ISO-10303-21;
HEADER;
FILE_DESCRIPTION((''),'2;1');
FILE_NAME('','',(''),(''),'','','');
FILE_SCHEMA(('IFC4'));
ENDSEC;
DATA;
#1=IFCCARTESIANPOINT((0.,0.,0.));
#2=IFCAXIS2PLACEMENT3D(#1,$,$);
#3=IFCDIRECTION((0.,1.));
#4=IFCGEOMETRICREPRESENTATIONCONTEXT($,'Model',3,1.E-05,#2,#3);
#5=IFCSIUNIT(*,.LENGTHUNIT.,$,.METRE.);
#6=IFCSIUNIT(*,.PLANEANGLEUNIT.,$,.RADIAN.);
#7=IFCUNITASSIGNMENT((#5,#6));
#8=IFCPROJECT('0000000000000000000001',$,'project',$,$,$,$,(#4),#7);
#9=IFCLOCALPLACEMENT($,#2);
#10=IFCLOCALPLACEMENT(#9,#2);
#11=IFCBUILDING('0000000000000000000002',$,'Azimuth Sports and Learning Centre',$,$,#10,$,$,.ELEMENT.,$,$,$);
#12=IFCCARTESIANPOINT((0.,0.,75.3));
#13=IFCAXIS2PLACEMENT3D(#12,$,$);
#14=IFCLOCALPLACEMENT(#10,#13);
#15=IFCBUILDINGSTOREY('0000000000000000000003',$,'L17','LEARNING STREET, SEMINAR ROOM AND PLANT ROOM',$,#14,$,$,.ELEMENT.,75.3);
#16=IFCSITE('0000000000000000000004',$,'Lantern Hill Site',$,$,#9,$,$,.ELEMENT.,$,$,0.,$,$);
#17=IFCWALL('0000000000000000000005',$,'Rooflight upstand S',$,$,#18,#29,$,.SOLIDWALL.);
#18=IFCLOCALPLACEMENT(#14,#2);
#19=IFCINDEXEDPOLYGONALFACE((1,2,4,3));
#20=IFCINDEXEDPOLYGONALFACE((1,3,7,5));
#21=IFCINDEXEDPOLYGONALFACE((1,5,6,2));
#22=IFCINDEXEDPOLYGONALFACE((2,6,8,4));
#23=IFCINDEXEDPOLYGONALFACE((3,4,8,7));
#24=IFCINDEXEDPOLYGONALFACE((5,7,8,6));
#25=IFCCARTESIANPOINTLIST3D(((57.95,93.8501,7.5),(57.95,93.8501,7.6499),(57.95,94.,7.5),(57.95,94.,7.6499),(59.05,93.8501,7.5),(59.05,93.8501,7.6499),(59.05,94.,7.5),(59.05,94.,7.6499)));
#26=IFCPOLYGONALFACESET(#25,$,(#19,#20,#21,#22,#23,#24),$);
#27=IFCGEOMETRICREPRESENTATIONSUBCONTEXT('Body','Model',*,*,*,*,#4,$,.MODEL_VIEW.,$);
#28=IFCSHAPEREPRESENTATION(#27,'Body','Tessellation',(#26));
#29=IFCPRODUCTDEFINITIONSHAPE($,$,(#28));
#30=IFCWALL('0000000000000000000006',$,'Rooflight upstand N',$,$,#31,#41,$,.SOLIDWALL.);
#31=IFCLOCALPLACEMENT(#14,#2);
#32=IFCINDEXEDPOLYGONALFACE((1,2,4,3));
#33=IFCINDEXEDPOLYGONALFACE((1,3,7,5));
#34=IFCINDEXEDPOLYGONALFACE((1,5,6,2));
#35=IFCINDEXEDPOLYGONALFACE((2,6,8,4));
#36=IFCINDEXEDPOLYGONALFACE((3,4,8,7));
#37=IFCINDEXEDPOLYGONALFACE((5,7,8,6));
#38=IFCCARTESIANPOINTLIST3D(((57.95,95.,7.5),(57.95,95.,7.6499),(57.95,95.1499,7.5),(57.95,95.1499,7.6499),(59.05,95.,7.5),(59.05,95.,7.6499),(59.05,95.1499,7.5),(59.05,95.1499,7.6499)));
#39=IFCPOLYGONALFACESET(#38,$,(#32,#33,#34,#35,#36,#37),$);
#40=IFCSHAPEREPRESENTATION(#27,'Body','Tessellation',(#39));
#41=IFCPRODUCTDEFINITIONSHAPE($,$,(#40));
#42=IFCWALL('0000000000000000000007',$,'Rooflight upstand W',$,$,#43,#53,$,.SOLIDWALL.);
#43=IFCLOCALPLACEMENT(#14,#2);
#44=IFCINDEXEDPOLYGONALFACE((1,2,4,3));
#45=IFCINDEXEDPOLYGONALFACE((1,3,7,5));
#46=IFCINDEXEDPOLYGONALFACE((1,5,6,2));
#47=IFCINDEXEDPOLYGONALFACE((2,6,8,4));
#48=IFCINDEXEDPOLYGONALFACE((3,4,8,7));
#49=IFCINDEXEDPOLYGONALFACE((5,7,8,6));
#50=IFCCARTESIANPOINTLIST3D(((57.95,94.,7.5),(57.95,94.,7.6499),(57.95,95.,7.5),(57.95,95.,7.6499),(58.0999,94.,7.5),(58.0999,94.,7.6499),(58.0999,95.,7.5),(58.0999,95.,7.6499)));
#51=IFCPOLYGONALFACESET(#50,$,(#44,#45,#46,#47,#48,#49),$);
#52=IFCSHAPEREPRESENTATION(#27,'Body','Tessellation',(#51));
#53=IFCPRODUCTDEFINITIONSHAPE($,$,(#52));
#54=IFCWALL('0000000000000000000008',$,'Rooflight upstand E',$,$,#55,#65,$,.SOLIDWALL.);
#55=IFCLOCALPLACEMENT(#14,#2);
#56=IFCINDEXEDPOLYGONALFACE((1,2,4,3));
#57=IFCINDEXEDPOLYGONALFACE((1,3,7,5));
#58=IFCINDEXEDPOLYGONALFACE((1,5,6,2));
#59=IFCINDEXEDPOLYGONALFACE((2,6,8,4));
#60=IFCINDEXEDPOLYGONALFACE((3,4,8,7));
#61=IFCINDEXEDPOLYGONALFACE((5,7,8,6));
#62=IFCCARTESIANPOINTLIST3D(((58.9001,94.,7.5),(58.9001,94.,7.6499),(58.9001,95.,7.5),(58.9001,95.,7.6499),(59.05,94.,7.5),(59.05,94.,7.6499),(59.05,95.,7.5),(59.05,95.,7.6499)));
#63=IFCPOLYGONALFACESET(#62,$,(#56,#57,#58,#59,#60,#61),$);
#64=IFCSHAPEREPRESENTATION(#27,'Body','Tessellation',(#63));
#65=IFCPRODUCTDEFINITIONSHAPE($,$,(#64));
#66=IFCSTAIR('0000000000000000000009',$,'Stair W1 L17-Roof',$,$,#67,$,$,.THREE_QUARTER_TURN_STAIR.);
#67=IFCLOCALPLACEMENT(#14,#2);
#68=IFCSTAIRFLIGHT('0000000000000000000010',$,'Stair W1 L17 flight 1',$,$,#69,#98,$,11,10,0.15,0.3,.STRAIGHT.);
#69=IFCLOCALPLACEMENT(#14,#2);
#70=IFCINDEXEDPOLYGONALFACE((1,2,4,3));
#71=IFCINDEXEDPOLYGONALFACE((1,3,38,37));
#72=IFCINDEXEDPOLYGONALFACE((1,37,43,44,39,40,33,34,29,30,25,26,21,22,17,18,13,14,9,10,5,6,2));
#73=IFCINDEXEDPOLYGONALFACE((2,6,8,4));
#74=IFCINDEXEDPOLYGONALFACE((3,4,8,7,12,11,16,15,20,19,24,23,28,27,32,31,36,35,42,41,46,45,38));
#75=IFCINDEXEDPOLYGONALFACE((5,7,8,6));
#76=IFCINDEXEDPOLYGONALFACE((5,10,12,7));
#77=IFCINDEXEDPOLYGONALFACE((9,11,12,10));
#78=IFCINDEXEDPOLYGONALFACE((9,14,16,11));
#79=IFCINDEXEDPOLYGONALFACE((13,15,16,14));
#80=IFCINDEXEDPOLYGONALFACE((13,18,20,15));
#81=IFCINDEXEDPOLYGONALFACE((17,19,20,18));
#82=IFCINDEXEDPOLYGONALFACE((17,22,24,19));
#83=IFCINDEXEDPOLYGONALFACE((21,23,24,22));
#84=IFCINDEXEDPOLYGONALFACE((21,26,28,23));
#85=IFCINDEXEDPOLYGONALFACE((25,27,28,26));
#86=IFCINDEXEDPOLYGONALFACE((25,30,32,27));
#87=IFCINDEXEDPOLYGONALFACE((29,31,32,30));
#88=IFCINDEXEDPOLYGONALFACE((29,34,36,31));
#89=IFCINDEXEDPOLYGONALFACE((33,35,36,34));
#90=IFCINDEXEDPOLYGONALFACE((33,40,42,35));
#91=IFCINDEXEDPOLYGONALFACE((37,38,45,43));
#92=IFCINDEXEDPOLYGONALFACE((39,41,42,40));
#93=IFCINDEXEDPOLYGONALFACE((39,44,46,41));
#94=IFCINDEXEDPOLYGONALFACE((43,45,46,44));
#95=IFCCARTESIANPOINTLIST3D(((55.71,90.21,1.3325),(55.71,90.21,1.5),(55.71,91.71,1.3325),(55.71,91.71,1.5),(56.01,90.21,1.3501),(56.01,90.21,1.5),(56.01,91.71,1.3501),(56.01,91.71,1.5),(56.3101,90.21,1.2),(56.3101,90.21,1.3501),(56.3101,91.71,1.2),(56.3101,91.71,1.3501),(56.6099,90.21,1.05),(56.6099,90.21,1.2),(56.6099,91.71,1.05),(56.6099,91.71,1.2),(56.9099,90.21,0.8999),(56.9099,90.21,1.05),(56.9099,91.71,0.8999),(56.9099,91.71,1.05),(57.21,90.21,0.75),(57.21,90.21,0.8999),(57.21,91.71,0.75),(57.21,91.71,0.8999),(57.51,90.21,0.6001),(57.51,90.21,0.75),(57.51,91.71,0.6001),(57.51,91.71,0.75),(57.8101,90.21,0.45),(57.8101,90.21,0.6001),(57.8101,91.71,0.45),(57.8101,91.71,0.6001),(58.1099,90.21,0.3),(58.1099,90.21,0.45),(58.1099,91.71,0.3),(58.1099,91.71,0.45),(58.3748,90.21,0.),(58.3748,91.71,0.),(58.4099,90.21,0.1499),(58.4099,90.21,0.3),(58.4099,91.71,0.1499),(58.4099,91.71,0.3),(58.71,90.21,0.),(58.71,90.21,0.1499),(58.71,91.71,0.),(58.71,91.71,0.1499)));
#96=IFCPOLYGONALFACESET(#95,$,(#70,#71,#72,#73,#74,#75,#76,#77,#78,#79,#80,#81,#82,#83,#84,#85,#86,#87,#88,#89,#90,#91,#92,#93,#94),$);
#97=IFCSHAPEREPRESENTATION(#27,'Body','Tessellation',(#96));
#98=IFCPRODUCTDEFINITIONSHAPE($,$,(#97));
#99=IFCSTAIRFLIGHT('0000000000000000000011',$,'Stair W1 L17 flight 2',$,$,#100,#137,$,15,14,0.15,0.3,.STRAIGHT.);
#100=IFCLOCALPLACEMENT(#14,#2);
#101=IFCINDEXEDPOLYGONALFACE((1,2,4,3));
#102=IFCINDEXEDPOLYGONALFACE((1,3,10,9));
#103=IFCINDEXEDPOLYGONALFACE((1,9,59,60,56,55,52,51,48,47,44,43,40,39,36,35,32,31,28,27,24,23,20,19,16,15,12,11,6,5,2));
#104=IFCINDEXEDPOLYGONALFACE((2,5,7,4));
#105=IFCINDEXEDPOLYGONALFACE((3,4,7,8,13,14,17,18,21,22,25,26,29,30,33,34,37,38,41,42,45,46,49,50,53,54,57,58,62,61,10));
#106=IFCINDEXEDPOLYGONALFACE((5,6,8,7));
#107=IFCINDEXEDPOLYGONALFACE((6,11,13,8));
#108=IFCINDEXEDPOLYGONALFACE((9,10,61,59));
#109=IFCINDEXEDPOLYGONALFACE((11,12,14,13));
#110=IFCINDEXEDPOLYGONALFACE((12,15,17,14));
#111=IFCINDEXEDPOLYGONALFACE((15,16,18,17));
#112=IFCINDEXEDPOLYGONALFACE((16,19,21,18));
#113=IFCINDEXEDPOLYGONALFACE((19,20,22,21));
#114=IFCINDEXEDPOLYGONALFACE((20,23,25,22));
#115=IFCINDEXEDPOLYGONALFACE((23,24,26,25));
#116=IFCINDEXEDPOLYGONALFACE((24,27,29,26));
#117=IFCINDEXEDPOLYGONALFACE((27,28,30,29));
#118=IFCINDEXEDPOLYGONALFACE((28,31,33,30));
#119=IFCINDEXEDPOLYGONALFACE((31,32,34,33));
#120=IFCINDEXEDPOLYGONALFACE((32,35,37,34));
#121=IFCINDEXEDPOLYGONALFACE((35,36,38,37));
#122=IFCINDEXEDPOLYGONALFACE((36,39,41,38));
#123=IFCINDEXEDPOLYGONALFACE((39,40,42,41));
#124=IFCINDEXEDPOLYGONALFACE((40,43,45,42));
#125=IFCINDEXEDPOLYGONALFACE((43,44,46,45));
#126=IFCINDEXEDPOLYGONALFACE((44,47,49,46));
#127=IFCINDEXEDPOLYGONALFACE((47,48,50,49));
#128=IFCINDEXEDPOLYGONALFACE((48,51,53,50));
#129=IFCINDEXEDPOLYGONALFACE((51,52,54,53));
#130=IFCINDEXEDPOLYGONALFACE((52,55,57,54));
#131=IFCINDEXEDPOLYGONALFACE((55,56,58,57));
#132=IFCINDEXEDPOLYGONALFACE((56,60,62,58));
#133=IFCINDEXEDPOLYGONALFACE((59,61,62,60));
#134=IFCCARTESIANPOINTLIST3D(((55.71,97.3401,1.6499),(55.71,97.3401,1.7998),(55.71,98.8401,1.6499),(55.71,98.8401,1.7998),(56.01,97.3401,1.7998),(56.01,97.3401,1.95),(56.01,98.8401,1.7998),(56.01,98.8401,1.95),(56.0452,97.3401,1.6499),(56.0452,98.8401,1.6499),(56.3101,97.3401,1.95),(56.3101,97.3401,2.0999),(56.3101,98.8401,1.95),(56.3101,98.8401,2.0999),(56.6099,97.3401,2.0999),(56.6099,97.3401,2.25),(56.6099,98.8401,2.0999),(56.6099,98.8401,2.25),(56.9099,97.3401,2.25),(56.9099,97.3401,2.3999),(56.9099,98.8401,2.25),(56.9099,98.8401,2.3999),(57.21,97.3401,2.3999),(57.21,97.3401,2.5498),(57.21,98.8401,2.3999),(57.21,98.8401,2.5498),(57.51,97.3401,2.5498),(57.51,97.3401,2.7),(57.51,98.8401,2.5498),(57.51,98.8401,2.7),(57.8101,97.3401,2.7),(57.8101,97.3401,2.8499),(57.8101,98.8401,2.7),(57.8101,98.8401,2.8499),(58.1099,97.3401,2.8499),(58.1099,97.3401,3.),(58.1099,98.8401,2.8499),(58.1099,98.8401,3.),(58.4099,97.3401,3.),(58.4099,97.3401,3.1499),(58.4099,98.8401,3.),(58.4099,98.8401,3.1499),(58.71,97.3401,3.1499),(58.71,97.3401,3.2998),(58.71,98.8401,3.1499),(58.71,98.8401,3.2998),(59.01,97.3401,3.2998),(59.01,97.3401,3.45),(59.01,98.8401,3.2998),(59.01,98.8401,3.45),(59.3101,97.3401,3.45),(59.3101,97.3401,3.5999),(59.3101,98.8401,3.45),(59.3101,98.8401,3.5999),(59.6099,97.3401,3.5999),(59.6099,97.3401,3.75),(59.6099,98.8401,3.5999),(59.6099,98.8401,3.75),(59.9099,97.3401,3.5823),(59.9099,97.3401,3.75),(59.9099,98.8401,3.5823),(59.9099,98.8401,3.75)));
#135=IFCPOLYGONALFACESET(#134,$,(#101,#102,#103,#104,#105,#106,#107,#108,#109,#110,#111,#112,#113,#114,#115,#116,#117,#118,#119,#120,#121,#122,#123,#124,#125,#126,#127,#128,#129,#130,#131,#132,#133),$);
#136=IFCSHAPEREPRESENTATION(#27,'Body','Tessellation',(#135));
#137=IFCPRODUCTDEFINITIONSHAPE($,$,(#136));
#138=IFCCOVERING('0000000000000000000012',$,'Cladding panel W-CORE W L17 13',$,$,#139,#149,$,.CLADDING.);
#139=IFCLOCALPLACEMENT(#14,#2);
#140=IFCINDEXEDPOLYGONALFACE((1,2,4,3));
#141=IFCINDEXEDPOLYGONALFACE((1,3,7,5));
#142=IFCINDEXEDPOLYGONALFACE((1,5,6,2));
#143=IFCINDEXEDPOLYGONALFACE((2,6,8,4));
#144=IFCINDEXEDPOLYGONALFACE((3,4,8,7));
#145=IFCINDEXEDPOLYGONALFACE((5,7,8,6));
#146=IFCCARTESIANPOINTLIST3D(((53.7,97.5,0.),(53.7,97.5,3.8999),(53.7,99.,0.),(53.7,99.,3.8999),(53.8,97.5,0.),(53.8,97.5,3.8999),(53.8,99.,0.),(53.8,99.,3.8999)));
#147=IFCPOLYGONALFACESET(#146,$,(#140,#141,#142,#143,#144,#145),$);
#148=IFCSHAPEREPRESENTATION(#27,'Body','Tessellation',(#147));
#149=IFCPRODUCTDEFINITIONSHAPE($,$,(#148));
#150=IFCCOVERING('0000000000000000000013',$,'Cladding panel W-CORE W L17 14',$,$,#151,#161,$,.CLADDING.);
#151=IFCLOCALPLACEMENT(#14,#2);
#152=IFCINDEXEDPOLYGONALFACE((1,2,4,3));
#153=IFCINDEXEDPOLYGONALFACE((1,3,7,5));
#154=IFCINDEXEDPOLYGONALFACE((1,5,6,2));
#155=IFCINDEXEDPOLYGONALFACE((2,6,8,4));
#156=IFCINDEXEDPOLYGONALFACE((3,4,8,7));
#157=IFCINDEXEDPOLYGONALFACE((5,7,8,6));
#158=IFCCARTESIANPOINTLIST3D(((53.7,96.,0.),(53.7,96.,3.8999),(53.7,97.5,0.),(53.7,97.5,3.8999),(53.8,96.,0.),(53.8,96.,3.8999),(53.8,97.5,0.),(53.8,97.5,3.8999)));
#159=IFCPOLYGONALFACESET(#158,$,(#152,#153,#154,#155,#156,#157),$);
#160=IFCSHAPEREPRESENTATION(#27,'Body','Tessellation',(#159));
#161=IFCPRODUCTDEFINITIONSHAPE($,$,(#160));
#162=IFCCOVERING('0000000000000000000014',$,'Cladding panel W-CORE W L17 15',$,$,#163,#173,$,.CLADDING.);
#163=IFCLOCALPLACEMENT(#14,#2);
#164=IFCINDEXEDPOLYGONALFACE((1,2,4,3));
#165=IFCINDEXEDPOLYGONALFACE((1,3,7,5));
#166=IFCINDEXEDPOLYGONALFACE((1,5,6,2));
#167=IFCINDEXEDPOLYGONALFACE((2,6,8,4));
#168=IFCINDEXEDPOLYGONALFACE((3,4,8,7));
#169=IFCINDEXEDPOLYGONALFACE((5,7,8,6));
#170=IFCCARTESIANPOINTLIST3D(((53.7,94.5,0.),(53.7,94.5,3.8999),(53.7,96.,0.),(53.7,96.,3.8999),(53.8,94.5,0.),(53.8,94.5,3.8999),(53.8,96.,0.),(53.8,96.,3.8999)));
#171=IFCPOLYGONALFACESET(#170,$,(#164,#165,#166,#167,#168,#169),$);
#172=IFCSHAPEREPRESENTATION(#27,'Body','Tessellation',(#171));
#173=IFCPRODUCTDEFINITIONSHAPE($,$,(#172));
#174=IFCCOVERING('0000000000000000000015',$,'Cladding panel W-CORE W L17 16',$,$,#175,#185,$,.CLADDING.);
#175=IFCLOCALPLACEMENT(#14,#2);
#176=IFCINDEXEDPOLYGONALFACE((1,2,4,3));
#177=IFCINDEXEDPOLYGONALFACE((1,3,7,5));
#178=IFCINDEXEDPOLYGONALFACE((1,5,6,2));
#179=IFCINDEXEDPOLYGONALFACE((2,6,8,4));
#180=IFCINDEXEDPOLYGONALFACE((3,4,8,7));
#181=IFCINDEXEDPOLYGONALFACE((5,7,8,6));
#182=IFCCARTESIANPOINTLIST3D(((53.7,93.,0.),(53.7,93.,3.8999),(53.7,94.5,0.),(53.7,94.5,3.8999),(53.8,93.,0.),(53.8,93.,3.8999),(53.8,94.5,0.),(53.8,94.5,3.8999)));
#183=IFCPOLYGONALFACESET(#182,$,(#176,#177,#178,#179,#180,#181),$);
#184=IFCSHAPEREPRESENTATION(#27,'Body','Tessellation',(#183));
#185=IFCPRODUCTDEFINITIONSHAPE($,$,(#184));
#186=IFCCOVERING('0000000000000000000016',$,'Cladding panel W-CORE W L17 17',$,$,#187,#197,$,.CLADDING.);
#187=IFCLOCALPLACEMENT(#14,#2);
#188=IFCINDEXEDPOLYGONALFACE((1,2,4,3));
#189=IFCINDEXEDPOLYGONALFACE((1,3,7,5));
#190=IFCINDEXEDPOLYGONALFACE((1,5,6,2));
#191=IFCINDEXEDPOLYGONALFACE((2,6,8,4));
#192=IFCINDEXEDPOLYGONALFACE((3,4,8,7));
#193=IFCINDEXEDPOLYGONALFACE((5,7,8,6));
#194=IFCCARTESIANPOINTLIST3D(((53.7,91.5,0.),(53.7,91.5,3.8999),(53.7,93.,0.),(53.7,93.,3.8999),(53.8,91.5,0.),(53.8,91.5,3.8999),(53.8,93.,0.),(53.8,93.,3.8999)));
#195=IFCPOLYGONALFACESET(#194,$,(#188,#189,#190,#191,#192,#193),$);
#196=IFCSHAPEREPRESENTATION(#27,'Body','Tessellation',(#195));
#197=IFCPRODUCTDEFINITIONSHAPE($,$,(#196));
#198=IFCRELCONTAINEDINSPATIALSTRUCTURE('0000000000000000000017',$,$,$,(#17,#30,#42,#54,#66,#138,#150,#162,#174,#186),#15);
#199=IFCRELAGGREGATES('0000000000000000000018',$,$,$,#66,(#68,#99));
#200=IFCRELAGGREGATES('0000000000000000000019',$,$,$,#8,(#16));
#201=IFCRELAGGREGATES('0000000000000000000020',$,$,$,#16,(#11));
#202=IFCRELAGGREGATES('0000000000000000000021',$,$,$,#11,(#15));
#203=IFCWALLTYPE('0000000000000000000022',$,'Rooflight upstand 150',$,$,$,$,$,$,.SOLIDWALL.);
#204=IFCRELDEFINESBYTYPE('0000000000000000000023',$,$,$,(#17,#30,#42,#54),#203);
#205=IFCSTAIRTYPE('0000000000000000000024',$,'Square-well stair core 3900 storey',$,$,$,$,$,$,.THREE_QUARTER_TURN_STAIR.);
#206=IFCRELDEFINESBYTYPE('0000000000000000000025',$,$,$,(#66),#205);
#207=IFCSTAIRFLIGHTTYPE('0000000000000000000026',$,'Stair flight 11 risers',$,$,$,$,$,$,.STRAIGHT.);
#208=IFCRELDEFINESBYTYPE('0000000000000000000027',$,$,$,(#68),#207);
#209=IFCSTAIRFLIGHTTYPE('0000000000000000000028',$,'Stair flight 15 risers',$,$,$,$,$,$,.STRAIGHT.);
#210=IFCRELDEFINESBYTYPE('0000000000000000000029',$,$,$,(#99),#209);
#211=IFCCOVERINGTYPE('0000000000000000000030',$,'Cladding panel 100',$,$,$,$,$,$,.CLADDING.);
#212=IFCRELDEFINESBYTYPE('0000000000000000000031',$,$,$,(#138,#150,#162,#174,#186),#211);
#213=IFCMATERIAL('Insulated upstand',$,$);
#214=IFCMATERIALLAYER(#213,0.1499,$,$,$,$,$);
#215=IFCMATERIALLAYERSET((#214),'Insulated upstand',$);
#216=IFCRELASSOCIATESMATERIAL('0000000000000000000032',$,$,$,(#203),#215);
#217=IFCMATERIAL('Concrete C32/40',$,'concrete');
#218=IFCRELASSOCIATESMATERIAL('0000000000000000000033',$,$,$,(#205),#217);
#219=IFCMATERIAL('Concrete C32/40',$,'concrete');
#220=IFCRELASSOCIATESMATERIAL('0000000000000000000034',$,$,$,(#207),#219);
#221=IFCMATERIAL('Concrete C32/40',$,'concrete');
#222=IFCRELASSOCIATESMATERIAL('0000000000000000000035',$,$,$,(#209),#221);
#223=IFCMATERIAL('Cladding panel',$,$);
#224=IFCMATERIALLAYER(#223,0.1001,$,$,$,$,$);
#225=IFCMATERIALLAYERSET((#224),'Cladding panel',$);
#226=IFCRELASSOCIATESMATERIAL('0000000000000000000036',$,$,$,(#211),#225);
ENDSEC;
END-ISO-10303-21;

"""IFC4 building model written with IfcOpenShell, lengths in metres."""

from ifc_helpers import new_model, si_unit, direction, frame, frame_2d, origin, origin_2d, place, context, subcontext, project, spatial, polyline, rectangle, outline, extrude, material, layer, layer_set, type_object, element, aggregate, save


model = new_model("IFC4")

# Units and contexts
model_context = context("Model", 3, precision=1e-05, world=origin(), true_north=direction((0.0, 1.0)))
body_context = subcontext(model_context, "Body", "Model", "MODEL_VIEW")
ifc_project = project(units=[si_unit("LENGTHUNIT", "METRE"), si_unit("PLANEANGLEUNIT", "RADIAN")], contexts=[model_context])

# Site, building, storey
site_placement = place(None, origin())
site = spatial("IfcSite", under=ifc_project, at=site_placement, Name="Lantern Hill Site", CompositionType="ELEMENT", RefElevation=0.0)
building_placement = place(site_placement, origin())
building = spatial("IfcBuilding", under=site, at=building_placement, Name="Azimuth Sports and Learning Centre", CompositionType="ELEMENT")
storey_placement = place(building_placement, frame((0.0, 0.0, 75.3)))
storey = spatial("IfcBuildingStorey", under=building, at=storey_placement, Name="L17", Description="LEARNING STREET, SEMINAR ROOM AND PLANT ROOM", CompositionType="ELEMENT", Elevation=75.3)

# Walls
ifc_material_1 = material(Name="Insulated upstand")
ifc_layer_1 = layer(ifc_material_1, 0.1499)
ifc_layer_set_1 = layer_set([ifc_layer_1], Name="Insulated upstand")
wall_type_1 = type_object("IfcWallType", Name="Rooflight upstand 150", PredefinedType="SOLIDWALL", material=ifc_layer_set_1)
for number, where, z_axis, x_axis, name in (
    (1, (57.95, 93.925, 7.5), (0.0, 0.0, 1.0), (1.0, 0.0, 0.0), "Rooflight upstand S"),
    (2, (57.95, 95.075, 7.5), (0.0, 0.0, 1.0), (1.0, 0.0, 0.0), "Rooflight upstand N"),
):
    element("IfcWall", number, at=place(storey_placement, frame(where, z_axis=z_axis, x_axis=x_axis)), inside=storey, type_object=wall_type_1, Name=name, PredefinedType="SOLIDWALL", context=body_context, shape_type="SweptSolid", body=[
        extrude(rectangle(XDim=1.1001, YDim=0.1499, at=frame_2d((0.55, 0.0))), origin(), (0.0, 0.0, 1.0), 0.1499),
    ])
for number, where, z_axis, x_axis, name in (
    (3, (58.0249, 94.0, 7.5), (0.0, 0.0, 1.0), (0.0, 1.0, 0.0), "Rooflight upstand W"),
    (4, (58.9751, 94.0, 7.5), (0.0, 0.0, 1.0), (0.0, 1.0, 0.0), "Rooflight upstand E"),
):
    element("IfcWall", number, at=place(storey_placement, frame(where, z_axis=z_axis, x_axis=x_axis)), inside=storey, type_object=wall_type_1, Name=name, PredefinedType="SOLIDWALL", context=body_context, shape_type="SweptSolid", body=[
        extrude(rectangle(XDim=1.0, YDim=0.1499, at=frame_2d((0.5, 0.0))), origin(), (0.0, 0.0, 1.0), 0.1499),
    ])

# Stair, stair flights
ifc_material_2 = material(Name="Concrete C32/40", Category="concrete")
stair_type = type_object("IfcStairType", Name="Square-well stair core 3900 storey", PredefinedType="THREE_QUARTER_TURN_STAIR", material=ifc_material_2)
stair_placement = place(storey_placement, origin())
stair = element("IfcStair", 5, at=stair_placement, inside=storey, type_object=stair_type, Name="Stair W1 L17-Roof", PredefinedType="THREE_QUARTER_TURN_STAIR")
ifc_material_3 = material(Name="Concrete C32/40", Category="concrete")
stair_flight_type_1 = type_object("IfcStairFlightType", Name="Stair flight 11 risers", PredefinedType="STRAIGHT", material=ifc_material_3)
stair_flight_1_placement = place(storey_placement, frame((58.71, 90.96, 0.0), z_axis=(0.0, 0.0, 1.0), x_axis=(-1.0, 0.0, 0.0)))
stair_flight_1 = element("IfcStairFlight", 6, at=stair_flight_1_placement, type_object=stair_flight_type_1, Name="Stair W1 L17 flight 1", NumberOfRisers=11, NumberOfTreads=10, PredefinedType="STRAIGHT", RiserHeight=0.15, TreadLength=0.3, context=body_context, shape_type="SweptSolid", body=[
    extrude(outline(polyline([(0.0, 0.0), (0.0, 0.1499), (0.3, 0.1499), (0.3, 0.3), (0.6001, 0.3), (0.6001, 0.45), (0.8999, 0.45), (0.8999, 0.6001), (1.2, 0.6001), (1.2, 0.75), (1.5, 0.75), (1.5, 0.8999), (1.8, 0.8999), (1.8, 1.05), (2.1001, 1.05), (2.1001, 1.2), (2.3999, 1.2), (2.3999, 1.3501), (2.7, 1.3501), (2.7, 1.5), (3.0, 1.5), (3.0, 1.6499), (3.0, 1.3325), (0.3352, 0.0), (0.0, 0.0)])), frame((0.0, 0.75, 0.0), z_axis=(0.0, -1.0, 0.0), x_axis=(1.0, 0.0, 0.0)), (0.0, 0.0, 1.0), 1.5),
])
ifc_material_4 = material(Name="Concrete C32/40", Category="concrete")
stair_flight_type_2 = type_object("IfcStairFlightType", Name="Stair flight 15 risers", PredefinedType="STRAIGHT", material=ifc_material_4)
stair_flight_2_placement = place(storey_placement, frame((55.71, 98.0901, 1.6499), z_axis=(0.0, 0.0, 1.0), x_axis=(1.0, 0.0, 0.0)))
stair_flight_2 = element("IfcStairFlight", 7, at=stair_flight_2_placement, type_object=stair_flight_type_2, Name="Stair W1 L17 flight 2", NumberOfRisers=15, NumberOfTreads=14, PredefinedType="STRAIGHT", RiserHeight=0.15, TreadLength=0.3, context=body_context, shape_type="SweptSolid", body=[
    extrude(outline(polyline([(0.0, 0.0), (0.0, 0.1499), (0.3, 0.1499), (0.3, 0.3), (0.6001, 0.3), (0.6001, 0.45), (0.8999, 0.45), (0.8999, 0.6001), (1.2, 0.6001), (1.2, 0.75), (1.5, 0.75), (1.5, 0.8999), (1.8, 0.8999), (1.8, 1.05), (2.1001, 1.05), (2.1001, 1.2), (2.3999, 1.2), (2.3999, 1.3501), (2.7, 1.3501), (2.7, 1.5), (3.0, 1.5), (3.0, 1.6499), (3.3, 1.6499), (3.3, 1.8), (3.6001, 1.8), (3.6001, 1.95), (3.8999, 1.95), (3.8999, 2.1001), (4.2, 2.1001), (4.2, 2.25), (4.2, 1.9324), (0.3352, 0.0), (0.0, 0.0)])), frame((0.0, 0.75, 0.0), z_axis=(0.0, -1.0, 0.0), x_axis=(1.0, 0.0, 0.0)), (0.0, 0.0, 1.0), 1.5),
])
aggregate(stair, [stair_flight_1, stair_flight_2])

# Coverings
ifc_material_5 = material(Name="Cladding panel")
ifc_layer_2 = layer(ifc_material_5, 0.1001)
ifc_layer_set_2 = layer_set([ifc_layer_2], Name="Cladding panel")
covering_type = type_object("IfcCoveringType", Name="Cladding panel 100", PredefinedType="CLADDING", material=ifc_layer_set_2)
for number, where, z_axis, x_axis, name in (
    (8, (53.75, 98.25, 0.0), (0.0, 0.0, 1.0), (0.0, -1.0, 0.0), "Cladding panel W-CORE W L17 13"),
    (9, (53.75, 96.75, 0.0), (0.0, 0.0, 1.0), (0.0, -1.0, 0.0), "Cladding panel W-CORE W L17 14"),
    (10, (53.75, 95.25, 0.0), (0.0, 0.0, 1.0), (0.0, -1.0, 0.0), "Cladding panel W-CORE W L17 15"),
    (11, (53.75, 93.75, 0.0), (0.0, 0.0, 1.0), (0.0, -1.0, 0.0), "Cladding panel W-CORE W L17 16"),
    (12, (53.75, 92.25, 0.0), (0.0, 0.0, 1.0), (0.0, -1.0, 0.0), "Cladding panel W-CORE W L17 17"),
):
    element("IfcCovering", number, at=place(storey_placement, frame(where, z_axis=z_axis, x_axis=x_axis)), inside=storey, type_object=covering_type, Name=name, PredefinedType="CLADDING", context=body_context, shape_type="SweptSolid", body=[
        extrude(rectangle(XDim=1.5, YDim=0.1001, at=origin_2d()), origin(), (0.0, 0.0, 1.0), 3.8999),
    ])

save(model, "model.ifc")
